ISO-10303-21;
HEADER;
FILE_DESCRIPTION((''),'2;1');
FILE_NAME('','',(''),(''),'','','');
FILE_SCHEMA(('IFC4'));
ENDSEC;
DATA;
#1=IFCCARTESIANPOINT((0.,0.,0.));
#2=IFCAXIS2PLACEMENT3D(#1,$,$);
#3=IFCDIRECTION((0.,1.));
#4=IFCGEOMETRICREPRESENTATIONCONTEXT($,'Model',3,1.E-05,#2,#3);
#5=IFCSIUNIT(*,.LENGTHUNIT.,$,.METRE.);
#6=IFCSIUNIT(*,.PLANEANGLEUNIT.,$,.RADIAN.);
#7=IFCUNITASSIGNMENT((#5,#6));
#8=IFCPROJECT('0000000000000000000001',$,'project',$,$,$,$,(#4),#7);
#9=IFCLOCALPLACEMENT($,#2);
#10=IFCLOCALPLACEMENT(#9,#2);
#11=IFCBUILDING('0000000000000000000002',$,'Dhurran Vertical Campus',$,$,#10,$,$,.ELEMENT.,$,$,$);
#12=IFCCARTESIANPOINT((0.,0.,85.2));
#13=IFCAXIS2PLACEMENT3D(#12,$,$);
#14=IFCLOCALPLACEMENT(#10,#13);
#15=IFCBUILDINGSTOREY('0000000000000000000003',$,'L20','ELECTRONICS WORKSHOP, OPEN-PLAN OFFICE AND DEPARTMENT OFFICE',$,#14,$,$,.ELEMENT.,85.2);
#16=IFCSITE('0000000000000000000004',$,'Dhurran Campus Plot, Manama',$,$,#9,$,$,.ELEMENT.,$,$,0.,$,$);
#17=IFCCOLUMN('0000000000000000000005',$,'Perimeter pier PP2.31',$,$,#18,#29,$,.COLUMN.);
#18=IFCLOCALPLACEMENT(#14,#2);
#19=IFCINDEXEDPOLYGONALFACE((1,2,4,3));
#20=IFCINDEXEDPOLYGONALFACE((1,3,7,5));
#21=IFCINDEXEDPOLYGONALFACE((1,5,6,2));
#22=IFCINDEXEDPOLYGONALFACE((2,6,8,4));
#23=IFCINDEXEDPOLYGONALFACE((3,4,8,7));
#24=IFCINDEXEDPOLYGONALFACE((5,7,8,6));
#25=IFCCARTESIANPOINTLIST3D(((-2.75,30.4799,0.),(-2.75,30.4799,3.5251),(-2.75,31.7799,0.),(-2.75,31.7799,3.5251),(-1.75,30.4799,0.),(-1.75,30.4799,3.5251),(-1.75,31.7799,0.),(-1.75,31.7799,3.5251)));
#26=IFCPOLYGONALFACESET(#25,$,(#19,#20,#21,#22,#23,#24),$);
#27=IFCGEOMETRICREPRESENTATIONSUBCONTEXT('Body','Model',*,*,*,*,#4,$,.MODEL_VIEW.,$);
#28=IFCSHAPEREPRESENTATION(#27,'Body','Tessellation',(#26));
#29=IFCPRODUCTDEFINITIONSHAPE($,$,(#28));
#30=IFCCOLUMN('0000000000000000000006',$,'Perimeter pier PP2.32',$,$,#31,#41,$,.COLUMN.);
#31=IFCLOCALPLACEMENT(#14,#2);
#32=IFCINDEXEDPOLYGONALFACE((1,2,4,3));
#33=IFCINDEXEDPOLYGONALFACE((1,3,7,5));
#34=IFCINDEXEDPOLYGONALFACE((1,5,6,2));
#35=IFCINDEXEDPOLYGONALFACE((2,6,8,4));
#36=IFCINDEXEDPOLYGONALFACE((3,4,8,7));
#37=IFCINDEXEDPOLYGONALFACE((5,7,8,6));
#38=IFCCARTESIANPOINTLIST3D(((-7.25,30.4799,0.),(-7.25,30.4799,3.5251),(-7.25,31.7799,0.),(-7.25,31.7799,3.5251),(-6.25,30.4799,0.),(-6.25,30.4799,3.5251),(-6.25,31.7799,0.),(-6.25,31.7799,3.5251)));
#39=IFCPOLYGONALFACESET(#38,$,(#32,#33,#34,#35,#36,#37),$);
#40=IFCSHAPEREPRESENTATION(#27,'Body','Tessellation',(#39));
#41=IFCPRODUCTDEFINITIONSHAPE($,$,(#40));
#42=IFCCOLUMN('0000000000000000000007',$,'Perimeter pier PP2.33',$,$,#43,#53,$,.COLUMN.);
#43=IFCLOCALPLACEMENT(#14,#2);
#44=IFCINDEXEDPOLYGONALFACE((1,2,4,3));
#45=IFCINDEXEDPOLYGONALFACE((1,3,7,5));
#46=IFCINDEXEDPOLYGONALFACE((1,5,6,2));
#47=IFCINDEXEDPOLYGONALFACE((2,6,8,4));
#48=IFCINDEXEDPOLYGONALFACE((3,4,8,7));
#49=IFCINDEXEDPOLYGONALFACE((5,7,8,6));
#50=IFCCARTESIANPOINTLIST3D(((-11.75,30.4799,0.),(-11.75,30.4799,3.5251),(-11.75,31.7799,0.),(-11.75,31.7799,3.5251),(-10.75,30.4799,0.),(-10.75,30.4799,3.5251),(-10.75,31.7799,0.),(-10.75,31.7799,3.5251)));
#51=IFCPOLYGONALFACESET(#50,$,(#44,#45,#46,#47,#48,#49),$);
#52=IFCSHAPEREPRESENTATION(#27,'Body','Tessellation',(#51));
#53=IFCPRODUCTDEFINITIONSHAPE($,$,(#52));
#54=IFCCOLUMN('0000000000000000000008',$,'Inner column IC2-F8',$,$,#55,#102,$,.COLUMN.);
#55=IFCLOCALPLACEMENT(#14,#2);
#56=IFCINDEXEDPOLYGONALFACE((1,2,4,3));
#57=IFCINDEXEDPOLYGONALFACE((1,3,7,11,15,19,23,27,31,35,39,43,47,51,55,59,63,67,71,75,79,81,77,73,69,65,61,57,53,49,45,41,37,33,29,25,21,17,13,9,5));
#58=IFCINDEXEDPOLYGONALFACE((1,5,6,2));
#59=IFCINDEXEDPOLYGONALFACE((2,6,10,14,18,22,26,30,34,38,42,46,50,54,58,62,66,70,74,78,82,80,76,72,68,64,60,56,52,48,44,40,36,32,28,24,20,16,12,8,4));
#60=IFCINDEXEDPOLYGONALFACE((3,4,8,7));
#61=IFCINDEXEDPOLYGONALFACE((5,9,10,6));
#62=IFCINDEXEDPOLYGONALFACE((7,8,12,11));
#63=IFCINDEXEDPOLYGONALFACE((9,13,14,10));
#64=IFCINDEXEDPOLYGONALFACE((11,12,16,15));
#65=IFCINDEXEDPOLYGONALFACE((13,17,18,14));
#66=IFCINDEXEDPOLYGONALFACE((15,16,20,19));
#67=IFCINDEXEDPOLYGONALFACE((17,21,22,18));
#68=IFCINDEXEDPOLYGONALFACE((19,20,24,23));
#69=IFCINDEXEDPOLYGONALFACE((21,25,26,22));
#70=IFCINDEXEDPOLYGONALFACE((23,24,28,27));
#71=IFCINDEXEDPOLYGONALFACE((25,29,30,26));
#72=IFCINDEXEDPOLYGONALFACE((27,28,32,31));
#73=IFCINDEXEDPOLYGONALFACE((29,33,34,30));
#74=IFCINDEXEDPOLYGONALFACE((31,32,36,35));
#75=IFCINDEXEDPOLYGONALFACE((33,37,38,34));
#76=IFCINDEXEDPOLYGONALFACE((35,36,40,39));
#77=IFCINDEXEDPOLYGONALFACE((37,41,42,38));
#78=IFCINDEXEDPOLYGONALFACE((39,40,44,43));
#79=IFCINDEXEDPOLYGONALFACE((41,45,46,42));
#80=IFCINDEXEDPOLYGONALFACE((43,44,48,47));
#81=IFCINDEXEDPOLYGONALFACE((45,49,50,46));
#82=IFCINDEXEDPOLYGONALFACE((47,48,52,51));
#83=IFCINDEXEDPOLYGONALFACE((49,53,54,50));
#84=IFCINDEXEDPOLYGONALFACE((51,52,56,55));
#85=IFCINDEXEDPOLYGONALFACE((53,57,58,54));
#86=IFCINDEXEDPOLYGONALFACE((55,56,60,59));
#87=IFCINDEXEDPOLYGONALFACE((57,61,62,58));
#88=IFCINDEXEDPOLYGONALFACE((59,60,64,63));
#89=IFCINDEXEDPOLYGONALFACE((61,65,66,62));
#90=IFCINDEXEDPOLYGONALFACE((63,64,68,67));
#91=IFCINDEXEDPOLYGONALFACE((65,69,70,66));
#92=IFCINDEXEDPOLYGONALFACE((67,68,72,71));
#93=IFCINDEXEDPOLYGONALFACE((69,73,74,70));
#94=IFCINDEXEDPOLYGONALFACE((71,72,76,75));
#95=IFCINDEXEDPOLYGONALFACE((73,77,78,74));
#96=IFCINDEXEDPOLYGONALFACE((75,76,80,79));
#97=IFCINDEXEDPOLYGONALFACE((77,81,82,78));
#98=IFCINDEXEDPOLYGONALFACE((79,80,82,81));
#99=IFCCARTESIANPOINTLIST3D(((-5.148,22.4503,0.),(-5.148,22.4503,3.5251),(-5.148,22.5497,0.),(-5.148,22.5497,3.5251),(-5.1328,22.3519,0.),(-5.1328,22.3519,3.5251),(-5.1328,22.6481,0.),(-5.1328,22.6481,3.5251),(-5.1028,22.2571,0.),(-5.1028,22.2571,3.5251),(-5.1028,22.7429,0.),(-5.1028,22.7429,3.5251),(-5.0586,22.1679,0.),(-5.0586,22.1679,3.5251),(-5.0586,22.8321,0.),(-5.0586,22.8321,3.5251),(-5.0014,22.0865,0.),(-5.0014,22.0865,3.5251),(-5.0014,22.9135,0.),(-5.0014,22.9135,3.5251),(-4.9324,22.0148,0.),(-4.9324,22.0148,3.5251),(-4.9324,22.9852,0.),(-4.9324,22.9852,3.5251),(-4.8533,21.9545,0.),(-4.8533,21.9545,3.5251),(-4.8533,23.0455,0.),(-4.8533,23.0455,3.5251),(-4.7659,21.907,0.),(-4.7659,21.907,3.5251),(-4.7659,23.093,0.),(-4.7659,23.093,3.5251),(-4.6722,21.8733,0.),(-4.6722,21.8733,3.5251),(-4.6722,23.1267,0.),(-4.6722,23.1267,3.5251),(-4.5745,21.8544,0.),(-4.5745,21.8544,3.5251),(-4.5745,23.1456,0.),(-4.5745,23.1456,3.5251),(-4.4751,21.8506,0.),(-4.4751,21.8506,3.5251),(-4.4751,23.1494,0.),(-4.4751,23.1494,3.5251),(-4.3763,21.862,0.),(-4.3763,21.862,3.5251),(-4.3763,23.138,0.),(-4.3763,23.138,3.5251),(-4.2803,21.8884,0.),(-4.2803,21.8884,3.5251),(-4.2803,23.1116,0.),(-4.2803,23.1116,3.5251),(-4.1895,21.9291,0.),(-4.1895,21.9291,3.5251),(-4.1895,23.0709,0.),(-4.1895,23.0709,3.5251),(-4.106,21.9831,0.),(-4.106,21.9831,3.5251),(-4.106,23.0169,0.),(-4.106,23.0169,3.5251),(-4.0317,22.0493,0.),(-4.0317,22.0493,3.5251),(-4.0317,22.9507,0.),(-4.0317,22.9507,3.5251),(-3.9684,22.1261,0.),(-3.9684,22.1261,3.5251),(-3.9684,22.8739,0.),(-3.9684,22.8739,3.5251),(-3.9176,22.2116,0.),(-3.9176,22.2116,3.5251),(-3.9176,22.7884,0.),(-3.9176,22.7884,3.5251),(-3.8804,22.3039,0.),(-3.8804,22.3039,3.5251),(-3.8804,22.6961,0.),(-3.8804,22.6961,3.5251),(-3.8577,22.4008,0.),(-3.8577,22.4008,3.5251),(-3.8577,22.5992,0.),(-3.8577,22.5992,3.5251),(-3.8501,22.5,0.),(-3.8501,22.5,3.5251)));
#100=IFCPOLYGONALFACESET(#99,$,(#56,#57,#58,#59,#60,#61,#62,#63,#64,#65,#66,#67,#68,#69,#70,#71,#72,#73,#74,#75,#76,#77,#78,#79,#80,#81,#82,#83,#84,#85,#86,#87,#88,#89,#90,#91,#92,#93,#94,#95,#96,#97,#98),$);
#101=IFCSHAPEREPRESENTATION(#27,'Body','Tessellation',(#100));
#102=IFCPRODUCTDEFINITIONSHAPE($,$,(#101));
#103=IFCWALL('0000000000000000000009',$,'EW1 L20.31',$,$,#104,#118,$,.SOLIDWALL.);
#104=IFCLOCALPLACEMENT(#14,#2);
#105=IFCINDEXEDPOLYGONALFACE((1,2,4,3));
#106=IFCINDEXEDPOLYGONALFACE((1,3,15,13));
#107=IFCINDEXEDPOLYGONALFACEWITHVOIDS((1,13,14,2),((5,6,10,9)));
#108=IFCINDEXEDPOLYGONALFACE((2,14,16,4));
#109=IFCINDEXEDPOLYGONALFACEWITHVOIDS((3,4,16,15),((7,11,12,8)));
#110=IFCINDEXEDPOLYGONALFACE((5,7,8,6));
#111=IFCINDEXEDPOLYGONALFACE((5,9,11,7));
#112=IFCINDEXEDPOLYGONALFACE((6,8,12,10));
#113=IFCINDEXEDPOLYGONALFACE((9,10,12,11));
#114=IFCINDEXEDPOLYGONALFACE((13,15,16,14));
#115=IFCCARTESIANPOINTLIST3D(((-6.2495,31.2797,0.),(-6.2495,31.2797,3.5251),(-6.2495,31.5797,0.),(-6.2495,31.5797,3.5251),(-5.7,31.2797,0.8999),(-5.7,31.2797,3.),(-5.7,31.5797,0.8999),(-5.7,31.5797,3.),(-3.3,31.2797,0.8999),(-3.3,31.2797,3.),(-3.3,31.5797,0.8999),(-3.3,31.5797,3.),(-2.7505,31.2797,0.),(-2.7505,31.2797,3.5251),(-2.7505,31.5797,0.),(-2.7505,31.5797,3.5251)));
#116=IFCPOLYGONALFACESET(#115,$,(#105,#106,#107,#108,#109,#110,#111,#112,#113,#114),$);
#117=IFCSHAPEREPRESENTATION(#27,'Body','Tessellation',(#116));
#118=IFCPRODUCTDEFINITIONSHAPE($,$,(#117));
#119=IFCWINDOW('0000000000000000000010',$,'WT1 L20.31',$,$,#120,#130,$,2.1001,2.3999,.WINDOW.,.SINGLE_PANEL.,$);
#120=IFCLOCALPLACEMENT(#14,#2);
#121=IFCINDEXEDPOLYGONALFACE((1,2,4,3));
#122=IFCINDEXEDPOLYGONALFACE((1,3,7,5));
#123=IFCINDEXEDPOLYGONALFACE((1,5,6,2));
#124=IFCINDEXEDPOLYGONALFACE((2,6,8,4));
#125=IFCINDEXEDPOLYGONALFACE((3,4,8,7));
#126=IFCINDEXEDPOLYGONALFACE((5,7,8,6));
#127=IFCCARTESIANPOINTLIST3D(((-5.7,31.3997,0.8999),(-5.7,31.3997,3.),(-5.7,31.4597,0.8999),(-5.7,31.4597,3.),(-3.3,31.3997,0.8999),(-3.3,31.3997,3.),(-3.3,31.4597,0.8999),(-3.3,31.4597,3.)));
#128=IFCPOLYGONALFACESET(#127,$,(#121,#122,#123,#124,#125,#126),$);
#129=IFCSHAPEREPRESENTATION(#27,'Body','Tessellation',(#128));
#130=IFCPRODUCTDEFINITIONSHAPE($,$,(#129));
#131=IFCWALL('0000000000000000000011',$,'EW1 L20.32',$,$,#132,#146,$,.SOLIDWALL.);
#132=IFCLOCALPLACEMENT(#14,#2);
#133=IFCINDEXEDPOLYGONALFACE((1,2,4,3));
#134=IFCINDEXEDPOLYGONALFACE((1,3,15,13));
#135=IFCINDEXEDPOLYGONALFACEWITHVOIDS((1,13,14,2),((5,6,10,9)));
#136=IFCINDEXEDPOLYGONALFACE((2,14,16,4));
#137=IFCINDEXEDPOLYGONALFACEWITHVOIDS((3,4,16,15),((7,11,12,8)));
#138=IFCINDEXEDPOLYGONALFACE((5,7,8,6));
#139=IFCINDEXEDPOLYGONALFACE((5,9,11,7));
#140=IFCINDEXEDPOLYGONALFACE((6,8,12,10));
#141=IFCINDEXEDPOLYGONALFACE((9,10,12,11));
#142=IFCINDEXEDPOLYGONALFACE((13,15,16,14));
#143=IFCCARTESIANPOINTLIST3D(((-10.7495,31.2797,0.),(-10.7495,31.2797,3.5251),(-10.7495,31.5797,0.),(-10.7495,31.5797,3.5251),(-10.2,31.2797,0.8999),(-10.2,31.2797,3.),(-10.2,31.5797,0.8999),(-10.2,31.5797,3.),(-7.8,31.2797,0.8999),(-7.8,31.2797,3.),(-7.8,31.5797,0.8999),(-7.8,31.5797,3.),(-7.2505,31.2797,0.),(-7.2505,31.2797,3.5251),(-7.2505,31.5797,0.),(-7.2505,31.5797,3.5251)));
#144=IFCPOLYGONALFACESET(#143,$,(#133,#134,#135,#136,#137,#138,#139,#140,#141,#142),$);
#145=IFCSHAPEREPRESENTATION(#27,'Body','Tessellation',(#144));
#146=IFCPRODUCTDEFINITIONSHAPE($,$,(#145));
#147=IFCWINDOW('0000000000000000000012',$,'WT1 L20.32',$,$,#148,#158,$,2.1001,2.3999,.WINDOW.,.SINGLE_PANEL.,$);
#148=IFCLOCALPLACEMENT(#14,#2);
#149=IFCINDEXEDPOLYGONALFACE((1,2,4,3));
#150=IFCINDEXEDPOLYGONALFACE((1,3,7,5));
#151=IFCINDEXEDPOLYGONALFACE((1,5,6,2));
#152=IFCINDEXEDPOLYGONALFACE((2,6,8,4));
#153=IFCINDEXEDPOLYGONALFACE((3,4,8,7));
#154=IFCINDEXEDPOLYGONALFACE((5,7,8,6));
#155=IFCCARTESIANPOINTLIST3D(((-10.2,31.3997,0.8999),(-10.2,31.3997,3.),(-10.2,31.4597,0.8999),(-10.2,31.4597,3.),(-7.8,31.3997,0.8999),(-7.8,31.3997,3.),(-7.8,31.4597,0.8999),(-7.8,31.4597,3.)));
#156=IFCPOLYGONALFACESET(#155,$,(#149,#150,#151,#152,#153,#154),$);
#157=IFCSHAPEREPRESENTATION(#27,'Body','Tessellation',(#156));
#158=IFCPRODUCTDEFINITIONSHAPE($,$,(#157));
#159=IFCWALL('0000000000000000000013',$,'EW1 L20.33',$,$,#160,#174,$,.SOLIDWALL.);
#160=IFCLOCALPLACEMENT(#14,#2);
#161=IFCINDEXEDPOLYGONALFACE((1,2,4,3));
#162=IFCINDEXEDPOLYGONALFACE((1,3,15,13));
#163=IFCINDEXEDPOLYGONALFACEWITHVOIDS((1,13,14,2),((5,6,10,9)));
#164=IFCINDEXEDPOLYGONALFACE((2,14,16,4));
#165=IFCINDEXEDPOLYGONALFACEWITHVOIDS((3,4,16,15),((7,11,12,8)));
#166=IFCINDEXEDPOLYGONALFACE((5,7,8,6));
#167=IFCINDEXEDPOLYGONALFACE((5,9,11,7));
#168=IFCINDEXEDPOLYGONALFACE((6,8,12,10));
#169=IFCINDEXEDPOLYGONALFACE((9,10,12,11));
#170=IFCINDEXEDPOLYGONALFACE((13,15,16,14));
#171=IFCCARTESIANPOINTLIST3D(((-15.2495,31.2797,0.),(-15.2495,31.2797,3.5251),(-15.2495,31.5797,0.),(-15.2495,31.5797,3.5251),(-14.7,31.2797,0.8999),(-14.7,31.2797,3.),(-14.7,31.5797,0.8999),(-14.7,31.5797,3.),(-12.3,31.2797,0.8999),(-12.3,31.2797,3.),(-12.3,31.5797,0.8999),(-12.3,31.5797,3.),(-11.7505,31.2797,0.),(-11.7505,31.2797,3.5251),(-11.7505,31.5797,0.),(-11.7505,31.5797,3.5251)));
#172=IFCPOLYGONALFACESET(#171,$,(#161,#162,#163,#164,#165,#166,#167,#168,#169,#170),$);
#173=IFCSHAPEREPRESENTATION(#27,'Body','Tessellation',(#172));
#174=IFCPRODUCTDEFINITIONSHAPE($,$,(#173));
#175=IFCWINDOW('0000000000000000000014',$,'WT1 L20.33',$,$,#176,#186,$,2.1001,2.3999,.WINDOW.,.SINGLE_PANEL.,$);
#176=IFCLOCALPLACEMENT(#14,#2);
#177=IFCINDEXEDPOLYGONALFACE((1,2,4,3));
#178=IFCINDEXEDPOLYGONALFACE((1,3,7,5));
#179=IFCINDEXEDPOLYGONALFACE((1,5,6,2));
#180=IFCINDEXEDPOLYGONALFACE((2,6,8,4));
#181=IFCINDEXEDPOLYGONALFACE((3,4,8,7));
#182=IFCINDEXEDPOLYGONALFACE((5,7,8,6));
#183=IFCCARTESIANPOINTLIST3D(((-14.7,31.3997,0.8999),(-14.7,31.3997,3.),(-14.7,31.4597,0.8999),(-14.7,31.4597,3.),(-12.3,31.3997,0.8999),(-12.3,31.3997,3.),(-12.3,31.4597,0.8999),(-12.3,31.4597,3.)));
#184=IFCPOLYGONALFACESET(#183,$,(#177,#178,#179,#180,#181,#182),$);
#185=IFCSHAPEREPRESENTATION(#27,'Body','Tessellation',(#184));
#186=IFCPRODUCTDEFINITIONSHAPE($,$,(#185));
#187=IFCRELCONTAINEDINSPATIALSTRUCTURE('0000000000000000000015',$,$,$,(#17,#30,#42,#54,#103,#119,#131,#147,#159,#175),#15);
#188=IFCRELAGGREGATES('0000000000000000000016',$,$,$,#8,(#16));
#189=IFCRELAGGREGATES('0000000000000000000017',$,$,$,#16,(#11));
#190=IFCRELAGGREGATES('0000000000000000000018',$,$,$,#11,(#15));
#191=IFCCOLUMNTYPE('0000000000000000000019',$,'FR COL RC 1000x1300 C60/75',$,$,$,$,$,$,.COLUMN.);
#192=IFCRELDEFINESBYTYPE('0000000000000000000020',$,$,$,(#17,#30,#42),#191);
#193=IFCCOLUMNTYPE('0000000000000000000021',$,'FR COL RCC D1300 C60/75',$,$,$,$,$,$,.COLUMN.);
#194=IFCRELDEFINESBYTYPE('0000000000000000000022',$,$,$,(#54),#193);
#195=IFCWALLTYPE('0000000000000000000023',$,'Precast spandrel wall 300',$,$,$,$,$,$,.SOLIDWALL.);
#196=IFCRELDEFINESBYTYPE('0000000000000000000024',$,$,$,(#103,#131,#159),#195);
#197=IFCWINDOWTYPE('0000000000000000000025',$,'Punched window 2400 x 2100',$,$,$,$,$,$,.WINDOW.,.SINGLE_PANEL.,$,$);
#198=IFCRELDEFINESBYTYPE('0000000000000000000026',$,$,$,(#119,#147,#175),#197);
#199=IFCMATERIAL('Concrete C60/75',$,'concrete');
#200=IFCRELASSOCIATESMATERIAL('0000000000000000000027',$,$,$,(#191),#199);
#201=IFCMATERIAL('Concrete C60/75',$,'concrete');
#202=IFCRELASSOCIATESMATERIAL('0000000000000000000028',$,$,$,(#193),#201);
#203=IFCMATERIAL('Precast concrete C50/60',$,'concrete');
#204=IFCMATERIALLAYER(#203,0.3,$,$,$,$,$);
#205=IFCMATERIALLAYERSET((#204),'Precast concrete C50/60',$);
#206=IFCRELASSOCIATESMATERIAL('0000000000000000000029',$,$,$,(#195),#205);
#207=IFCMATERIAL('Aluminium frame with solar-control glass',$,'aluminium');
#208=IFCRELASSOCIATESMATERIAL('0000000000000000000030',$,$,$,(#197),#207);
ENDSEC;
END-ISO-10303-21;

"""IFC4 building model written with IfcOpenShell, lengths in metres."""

from ifc_helpers import new_model, si_unit, direction, frame, frame_2d, origin, origin_2d, place, context, subcontext, project, spatial, rectangle, circle, extrude, material, layer, layer_set, material_profile, profile_set, type_object, element, fill, save


model = new_model("IFC4")

# Units and contexts
model_context = context("Model", 3, precision=1e-05, world=origin(), true_north=direction((0.0, 1.0)))
body_context = subcontext(model_context, "Body", "Model", "MODEL_VIEW")
ifc_project = project(units=[si_unit("LENGTHUNIT", "METRE"), si_unit("PLANEANGLEUNIT", "RADIAN")], contexts=[model_context])

# Site, building, storey
site_placement = place(None, origin())
site = spatial("IfcSite", under=ifc_project, at=site_placement, Name="Dhurran Campus Plot, Manama", CompositionType="ELEMENT", RefElevation=0.0)
building_placement = place(site_placement, origin())
building = spatial("IfcBuilding", under=site, at=building_placement, Name="Dhurran Vertical Campus", CompositionType="ELEMENT")
storey_placement = place(building_placement, frame((0.0, 0.0, 85.2)))
storey = spatial("IfcBuildingStorey", under=building, at=storey_placement, Name="L20", Description="ELECTRONICS WORKSHOP, OPEN-PLAN OFFICE AND DEPARTMENT OFFICE", CompositionType="ELEMENT", Elevation=85.2)

# Columns
ifc_material_1 = material(Name="Concrete C60/75", Category="concrete")
ifc_material_profile_1 = material_profile(ifc_material_1, rectangle(XDim=1.0, YDim=1.3, at=origin_2d()), Name="RC 1000x1300")
ifc_profile_set_1 = profile_set([ifc_material_profile_1], Name="Concrete C60/75")
column_type_1 = type_object("IfcColumnType", Name="FR COL RC 1000x1300 C60/75", PredefinedType="COLUMN", material=ifc_profile_set_1)
for number, where, z_axis, x_axis, name in (
    (1, (-2.25, 31.1299, 0.0), (0.0, 0.0, 1.0), (-1.0, 0.0, 0.0), "Perimeter pier PP2.31"),
    (2, (-6.75, 31.1299, 0.0), (0.0, 0.0, 1.0), (-1.0, 0.0, 0.0), "Perimeter pier PP2.32"),
    (3, (-11.25, 31.1299, 0.0), (0.0, 0.0, 1.0), (-1.0, 0.0, 0.0), "Perimeter pier PP2.33"),
):
    element("IfcColumn", number, at=place(storey_placement, frame(where, z_axis=z_axis, x_axis=x_axis)), inside=storey, type_object=column_type_1, Name=name, PredefinedType="COLUMN", context=body_context, shape_type="SweptSolid", body=[
        extrude(rectangle(XDim=1.0, YDim=1.3, at=origin_2d()), origin(), (0.0, 0.0, 1.0), 3.5251),
    ])
ifc_material_2 = material(Name="Concrete C60/75", Category="concrete")
ifc_material_profile_2 = material_profile(ifc_material_2, circle(Radius=0.6499, at=origin_2d()), Name="RCC D1300")
ifc_profile_set_2 = profile_set([ifc_material_profile_2], Name="Concrete C60/75")
column_type_2 = type_object("IfcColumnType", Name="FR COL RCC D1300 C60/75", PredefinedType="COLUMN", material=ifc_profile_set_2)
column_placement = place(storey_placement, frame((-4.5, 22.5, 0.0), z_axis=(0.0, 0.0, 1.0), x_axis=(1.0, 0.0, 0.0)))
element("IfcColumn", 4, at=column_placement, inside=storey, type_object=column_type_2, Name="Inner column IC2-F8", PredefinedType="COLUMN", context=body_context, shape_type="SweptSolid", body=[
    extrude(circle(Radius=0.6499, at=origin_2d()), origin(), (0.0, 0.0, 1.0), 3.5251),
])

# Walls, openings, windows
ifc_material_3 = material(Name="Precast concrete C50/60", Category="concrete")
ifc_layer_1 = layer(ifc_material_3, 0.3)
ifc_layer_set_1 = layer_set([ifc_layer_1], Name="Precast concrete C50/60")
wall_type_1 = type_object("IfcWallType", Name="Precast spandrel wall 300", PredefinedType="SOLIDWALL", material=ifc_layer_set_1)
wall_1_placement = place(storey_placement, frame((-2.7505, 31.4297, 0.0), z_axis=(0.0, 0.0, 1.0), x_axis=(-1.0, 0.0, 0.0)))
wall_1 = element("IfcWall", 5, at=wall_1_placement, inside=storey, type_object=wall_type_1, Name="EW1 L20.31", PredefinedType="SOLIDWALL", context=body_context, shape_type="SweptSolid", body=[
    extrude(rectangle(XDim=3.499, YDim=0.3, at=frame_2d((1.7495, 0.0))), origin(), (0.0, 0.0, 1.0), 3.5251),
])
opening_1_placement = place(wall_1_placement, frame((0.5496, 0.0, 0.8999)))
opening_1 = element("IfcOpeningElement", 6, at=opening_1_placement, cuts=wall_1, PredefinedType="OPENING", context=body_context, shape_type="SweptSolid", body=[
    extrude(rectangle(XDim=2.3999, YDim=2.1001, at=frame_2d((1.2, 1.05))), frame((0.0, 0.1599, 0.0), z_axis=(0.0, -1.0, 0.0), x_axis=(1.0, 0.0, 0.0)), (0.0, 0.0, 1.0), 0.3201),
])
ifc_material_4 = material(Name="Aluminium frame with solar-control glass", Category="aluminium")
window_type = type_object("IfcWindowType", Name="Punched window 2400 x 2100", PartitioningType="SINGLE_PANEL", PredefinedType="WINDOW", material=ifc_material_4)
window_1_placement = place(opening_1_placement, origin())
window_1 = element("IfcWindow", 7, at=window_1_placement, inside=storey, type_object=window_type, Name="WT1 L20.31", OverallHeight=2.1001, OverallWidth=2.3999, PartitioningType="SINGLE_PANEL", PredefinedType="WINDOW", context=body_context, shape_type="SweptSolid", body=[
    extrude(rectangle(XDim=2.3999, YDim=2.1001, at=frame_2d((1.2, 1.05))), frame((0.0, 0.03, 0.0), z_axis=(0.0, -1.0, 0.0), x_axis=(1.0, 0.0, 0.0)), (0.0, 0.0, 1.0), 0.0601),
])
fill(opening_1, window_1)
wall_2_placement = place(storey_placement, frame((-7.2505, 31.4297, 0.0), z_axis=(0.0, 0.0, 1.0), x_axis=(-1.0, 0.0, 0.0)))
wall_2 = element("IfcWall", 8, at=wall_2_placement, inside=storey, type_object=wall_type_1, Name="EW1 L20.32", PredefinedType="SOLIDWALL", context=body_context, shape_type="SweptSolid", body=[
    extrude(rectangle(XDim=3.499, YDim=0.3, at=frame_2d((1.7495, 0.0))), origin(), (0.0, 0.0, 1.0), 3.5251),
])
opening_2_placement = place(wall_2_placement, frame((0.5496, 0.0, 0.8999)))
opening_2 = element("IfcOpeningElement", 9, at=opening_2_placement, cuts=wall_2, PredefinedType="OPENING", context=body_context, shape_type="SweptSolid", body=[
    extrude(rectangle(XDim=2.3999, YDim=2.1001, at=frame_2d((1.2, 1.05))), frame((0.0, 0.1599, 0.0), z_axis=(0.0, -1.0, 0.0), x_axis=(1.0, 0.0, 0.0)), (0.0, 0.0, 1.0), 0.3201),
])
window_2_placement = place(opening_2_placement, origin())
window_2 = element("IfcWindow", 10, at=window_2_placement, inside=storey, type_object=window_type, Name="WT1 L20.32", OverallHeight=2.1001, OverallWidth=2.3999, PartitioningType="SINGLE_PANEL", PredefinedType="WINDOW", context=body_context, shape_type="SweptSolid", body=[
    extrude(rectangle(XDim=2.3999, YDim=2.1001, at=frame_2d((1.2, 1.05))), frame((0.0, 0.03, 0.0), z_axis=(0.0, -1.0, 0.0), x_axis=(1.0, 0.0, 0.0)), (0.0, 0.0, 1.0), 0.0601),
])
fill(opening_2, window_2)
wall_3_placement = place(storey_placement, frame((-11.7505, 31.4297, 0.0), z_axis=(0.0, 0.0, 1.0), x_axis=(-1.0, 0.0, 0.0)))
wall_3 = element("IfcWall", 11, at=wall_3_placement, inside=storey, type_object=wall_type_1, Name="EW1 L20.33", PredefinedType="SOLIDWALL", context=body_context, shape_type="SweptSolid", body=[
    extrude(rectangle(XDim=3.499, YDim=0.3, at=frame_2d((1.7495, 0.0))), origin(), (0.0, 0.0, 1.0), 3.5251),
])
opening_3_placement = place(wall_3_placement, frame((0.5496, 0.0, 0.8999)))
opening_3 = element("IfcOpeningElement", 12, at=opening_3_placement, cuts=wall_3, PredefinedType="OPENING", context=body_context, shape_type="SweptSolid", body=[
    extrude(rectangle(XDim=2.3999, YDim=2.1001, at=frame_2d((1.2, 1.05))), frame((0.0, 0.1599, 0.0), z_axis=(0.0, -1.0, 0.0), x_axis=(1.0, 0.0, 0.0)), (0.0, 0.0, 1.0), 0.3201),
])
window_3_placement = place(opening_3_placement, origin())
window_3 = element("IfcWindow", 13, at=window_3_placement, inside=storey, type_object=window_type, Name="WT1 L20.33", OverallHeight=2.1001, OverallWidth=2.3999, PartitioningType="SINGLE_PANEL", PredefinedType="WINDOW", context=body_context, shape_type="SweptSolid", body=[
    extrude(rectangle(XDim=2.3999, YDim=2.1001, at=frame_2d((1.2, 1.05))), frame((0.0, 0.03, 0.0), z_axis=(0.0, -1.0, 0.0), x_axis=(1.0, 0.0, 0.0)), (0.0, 0.0, 1.0), 0.0601),
])
fill(opening_3, window_3)

save(model, "model.ifc")
